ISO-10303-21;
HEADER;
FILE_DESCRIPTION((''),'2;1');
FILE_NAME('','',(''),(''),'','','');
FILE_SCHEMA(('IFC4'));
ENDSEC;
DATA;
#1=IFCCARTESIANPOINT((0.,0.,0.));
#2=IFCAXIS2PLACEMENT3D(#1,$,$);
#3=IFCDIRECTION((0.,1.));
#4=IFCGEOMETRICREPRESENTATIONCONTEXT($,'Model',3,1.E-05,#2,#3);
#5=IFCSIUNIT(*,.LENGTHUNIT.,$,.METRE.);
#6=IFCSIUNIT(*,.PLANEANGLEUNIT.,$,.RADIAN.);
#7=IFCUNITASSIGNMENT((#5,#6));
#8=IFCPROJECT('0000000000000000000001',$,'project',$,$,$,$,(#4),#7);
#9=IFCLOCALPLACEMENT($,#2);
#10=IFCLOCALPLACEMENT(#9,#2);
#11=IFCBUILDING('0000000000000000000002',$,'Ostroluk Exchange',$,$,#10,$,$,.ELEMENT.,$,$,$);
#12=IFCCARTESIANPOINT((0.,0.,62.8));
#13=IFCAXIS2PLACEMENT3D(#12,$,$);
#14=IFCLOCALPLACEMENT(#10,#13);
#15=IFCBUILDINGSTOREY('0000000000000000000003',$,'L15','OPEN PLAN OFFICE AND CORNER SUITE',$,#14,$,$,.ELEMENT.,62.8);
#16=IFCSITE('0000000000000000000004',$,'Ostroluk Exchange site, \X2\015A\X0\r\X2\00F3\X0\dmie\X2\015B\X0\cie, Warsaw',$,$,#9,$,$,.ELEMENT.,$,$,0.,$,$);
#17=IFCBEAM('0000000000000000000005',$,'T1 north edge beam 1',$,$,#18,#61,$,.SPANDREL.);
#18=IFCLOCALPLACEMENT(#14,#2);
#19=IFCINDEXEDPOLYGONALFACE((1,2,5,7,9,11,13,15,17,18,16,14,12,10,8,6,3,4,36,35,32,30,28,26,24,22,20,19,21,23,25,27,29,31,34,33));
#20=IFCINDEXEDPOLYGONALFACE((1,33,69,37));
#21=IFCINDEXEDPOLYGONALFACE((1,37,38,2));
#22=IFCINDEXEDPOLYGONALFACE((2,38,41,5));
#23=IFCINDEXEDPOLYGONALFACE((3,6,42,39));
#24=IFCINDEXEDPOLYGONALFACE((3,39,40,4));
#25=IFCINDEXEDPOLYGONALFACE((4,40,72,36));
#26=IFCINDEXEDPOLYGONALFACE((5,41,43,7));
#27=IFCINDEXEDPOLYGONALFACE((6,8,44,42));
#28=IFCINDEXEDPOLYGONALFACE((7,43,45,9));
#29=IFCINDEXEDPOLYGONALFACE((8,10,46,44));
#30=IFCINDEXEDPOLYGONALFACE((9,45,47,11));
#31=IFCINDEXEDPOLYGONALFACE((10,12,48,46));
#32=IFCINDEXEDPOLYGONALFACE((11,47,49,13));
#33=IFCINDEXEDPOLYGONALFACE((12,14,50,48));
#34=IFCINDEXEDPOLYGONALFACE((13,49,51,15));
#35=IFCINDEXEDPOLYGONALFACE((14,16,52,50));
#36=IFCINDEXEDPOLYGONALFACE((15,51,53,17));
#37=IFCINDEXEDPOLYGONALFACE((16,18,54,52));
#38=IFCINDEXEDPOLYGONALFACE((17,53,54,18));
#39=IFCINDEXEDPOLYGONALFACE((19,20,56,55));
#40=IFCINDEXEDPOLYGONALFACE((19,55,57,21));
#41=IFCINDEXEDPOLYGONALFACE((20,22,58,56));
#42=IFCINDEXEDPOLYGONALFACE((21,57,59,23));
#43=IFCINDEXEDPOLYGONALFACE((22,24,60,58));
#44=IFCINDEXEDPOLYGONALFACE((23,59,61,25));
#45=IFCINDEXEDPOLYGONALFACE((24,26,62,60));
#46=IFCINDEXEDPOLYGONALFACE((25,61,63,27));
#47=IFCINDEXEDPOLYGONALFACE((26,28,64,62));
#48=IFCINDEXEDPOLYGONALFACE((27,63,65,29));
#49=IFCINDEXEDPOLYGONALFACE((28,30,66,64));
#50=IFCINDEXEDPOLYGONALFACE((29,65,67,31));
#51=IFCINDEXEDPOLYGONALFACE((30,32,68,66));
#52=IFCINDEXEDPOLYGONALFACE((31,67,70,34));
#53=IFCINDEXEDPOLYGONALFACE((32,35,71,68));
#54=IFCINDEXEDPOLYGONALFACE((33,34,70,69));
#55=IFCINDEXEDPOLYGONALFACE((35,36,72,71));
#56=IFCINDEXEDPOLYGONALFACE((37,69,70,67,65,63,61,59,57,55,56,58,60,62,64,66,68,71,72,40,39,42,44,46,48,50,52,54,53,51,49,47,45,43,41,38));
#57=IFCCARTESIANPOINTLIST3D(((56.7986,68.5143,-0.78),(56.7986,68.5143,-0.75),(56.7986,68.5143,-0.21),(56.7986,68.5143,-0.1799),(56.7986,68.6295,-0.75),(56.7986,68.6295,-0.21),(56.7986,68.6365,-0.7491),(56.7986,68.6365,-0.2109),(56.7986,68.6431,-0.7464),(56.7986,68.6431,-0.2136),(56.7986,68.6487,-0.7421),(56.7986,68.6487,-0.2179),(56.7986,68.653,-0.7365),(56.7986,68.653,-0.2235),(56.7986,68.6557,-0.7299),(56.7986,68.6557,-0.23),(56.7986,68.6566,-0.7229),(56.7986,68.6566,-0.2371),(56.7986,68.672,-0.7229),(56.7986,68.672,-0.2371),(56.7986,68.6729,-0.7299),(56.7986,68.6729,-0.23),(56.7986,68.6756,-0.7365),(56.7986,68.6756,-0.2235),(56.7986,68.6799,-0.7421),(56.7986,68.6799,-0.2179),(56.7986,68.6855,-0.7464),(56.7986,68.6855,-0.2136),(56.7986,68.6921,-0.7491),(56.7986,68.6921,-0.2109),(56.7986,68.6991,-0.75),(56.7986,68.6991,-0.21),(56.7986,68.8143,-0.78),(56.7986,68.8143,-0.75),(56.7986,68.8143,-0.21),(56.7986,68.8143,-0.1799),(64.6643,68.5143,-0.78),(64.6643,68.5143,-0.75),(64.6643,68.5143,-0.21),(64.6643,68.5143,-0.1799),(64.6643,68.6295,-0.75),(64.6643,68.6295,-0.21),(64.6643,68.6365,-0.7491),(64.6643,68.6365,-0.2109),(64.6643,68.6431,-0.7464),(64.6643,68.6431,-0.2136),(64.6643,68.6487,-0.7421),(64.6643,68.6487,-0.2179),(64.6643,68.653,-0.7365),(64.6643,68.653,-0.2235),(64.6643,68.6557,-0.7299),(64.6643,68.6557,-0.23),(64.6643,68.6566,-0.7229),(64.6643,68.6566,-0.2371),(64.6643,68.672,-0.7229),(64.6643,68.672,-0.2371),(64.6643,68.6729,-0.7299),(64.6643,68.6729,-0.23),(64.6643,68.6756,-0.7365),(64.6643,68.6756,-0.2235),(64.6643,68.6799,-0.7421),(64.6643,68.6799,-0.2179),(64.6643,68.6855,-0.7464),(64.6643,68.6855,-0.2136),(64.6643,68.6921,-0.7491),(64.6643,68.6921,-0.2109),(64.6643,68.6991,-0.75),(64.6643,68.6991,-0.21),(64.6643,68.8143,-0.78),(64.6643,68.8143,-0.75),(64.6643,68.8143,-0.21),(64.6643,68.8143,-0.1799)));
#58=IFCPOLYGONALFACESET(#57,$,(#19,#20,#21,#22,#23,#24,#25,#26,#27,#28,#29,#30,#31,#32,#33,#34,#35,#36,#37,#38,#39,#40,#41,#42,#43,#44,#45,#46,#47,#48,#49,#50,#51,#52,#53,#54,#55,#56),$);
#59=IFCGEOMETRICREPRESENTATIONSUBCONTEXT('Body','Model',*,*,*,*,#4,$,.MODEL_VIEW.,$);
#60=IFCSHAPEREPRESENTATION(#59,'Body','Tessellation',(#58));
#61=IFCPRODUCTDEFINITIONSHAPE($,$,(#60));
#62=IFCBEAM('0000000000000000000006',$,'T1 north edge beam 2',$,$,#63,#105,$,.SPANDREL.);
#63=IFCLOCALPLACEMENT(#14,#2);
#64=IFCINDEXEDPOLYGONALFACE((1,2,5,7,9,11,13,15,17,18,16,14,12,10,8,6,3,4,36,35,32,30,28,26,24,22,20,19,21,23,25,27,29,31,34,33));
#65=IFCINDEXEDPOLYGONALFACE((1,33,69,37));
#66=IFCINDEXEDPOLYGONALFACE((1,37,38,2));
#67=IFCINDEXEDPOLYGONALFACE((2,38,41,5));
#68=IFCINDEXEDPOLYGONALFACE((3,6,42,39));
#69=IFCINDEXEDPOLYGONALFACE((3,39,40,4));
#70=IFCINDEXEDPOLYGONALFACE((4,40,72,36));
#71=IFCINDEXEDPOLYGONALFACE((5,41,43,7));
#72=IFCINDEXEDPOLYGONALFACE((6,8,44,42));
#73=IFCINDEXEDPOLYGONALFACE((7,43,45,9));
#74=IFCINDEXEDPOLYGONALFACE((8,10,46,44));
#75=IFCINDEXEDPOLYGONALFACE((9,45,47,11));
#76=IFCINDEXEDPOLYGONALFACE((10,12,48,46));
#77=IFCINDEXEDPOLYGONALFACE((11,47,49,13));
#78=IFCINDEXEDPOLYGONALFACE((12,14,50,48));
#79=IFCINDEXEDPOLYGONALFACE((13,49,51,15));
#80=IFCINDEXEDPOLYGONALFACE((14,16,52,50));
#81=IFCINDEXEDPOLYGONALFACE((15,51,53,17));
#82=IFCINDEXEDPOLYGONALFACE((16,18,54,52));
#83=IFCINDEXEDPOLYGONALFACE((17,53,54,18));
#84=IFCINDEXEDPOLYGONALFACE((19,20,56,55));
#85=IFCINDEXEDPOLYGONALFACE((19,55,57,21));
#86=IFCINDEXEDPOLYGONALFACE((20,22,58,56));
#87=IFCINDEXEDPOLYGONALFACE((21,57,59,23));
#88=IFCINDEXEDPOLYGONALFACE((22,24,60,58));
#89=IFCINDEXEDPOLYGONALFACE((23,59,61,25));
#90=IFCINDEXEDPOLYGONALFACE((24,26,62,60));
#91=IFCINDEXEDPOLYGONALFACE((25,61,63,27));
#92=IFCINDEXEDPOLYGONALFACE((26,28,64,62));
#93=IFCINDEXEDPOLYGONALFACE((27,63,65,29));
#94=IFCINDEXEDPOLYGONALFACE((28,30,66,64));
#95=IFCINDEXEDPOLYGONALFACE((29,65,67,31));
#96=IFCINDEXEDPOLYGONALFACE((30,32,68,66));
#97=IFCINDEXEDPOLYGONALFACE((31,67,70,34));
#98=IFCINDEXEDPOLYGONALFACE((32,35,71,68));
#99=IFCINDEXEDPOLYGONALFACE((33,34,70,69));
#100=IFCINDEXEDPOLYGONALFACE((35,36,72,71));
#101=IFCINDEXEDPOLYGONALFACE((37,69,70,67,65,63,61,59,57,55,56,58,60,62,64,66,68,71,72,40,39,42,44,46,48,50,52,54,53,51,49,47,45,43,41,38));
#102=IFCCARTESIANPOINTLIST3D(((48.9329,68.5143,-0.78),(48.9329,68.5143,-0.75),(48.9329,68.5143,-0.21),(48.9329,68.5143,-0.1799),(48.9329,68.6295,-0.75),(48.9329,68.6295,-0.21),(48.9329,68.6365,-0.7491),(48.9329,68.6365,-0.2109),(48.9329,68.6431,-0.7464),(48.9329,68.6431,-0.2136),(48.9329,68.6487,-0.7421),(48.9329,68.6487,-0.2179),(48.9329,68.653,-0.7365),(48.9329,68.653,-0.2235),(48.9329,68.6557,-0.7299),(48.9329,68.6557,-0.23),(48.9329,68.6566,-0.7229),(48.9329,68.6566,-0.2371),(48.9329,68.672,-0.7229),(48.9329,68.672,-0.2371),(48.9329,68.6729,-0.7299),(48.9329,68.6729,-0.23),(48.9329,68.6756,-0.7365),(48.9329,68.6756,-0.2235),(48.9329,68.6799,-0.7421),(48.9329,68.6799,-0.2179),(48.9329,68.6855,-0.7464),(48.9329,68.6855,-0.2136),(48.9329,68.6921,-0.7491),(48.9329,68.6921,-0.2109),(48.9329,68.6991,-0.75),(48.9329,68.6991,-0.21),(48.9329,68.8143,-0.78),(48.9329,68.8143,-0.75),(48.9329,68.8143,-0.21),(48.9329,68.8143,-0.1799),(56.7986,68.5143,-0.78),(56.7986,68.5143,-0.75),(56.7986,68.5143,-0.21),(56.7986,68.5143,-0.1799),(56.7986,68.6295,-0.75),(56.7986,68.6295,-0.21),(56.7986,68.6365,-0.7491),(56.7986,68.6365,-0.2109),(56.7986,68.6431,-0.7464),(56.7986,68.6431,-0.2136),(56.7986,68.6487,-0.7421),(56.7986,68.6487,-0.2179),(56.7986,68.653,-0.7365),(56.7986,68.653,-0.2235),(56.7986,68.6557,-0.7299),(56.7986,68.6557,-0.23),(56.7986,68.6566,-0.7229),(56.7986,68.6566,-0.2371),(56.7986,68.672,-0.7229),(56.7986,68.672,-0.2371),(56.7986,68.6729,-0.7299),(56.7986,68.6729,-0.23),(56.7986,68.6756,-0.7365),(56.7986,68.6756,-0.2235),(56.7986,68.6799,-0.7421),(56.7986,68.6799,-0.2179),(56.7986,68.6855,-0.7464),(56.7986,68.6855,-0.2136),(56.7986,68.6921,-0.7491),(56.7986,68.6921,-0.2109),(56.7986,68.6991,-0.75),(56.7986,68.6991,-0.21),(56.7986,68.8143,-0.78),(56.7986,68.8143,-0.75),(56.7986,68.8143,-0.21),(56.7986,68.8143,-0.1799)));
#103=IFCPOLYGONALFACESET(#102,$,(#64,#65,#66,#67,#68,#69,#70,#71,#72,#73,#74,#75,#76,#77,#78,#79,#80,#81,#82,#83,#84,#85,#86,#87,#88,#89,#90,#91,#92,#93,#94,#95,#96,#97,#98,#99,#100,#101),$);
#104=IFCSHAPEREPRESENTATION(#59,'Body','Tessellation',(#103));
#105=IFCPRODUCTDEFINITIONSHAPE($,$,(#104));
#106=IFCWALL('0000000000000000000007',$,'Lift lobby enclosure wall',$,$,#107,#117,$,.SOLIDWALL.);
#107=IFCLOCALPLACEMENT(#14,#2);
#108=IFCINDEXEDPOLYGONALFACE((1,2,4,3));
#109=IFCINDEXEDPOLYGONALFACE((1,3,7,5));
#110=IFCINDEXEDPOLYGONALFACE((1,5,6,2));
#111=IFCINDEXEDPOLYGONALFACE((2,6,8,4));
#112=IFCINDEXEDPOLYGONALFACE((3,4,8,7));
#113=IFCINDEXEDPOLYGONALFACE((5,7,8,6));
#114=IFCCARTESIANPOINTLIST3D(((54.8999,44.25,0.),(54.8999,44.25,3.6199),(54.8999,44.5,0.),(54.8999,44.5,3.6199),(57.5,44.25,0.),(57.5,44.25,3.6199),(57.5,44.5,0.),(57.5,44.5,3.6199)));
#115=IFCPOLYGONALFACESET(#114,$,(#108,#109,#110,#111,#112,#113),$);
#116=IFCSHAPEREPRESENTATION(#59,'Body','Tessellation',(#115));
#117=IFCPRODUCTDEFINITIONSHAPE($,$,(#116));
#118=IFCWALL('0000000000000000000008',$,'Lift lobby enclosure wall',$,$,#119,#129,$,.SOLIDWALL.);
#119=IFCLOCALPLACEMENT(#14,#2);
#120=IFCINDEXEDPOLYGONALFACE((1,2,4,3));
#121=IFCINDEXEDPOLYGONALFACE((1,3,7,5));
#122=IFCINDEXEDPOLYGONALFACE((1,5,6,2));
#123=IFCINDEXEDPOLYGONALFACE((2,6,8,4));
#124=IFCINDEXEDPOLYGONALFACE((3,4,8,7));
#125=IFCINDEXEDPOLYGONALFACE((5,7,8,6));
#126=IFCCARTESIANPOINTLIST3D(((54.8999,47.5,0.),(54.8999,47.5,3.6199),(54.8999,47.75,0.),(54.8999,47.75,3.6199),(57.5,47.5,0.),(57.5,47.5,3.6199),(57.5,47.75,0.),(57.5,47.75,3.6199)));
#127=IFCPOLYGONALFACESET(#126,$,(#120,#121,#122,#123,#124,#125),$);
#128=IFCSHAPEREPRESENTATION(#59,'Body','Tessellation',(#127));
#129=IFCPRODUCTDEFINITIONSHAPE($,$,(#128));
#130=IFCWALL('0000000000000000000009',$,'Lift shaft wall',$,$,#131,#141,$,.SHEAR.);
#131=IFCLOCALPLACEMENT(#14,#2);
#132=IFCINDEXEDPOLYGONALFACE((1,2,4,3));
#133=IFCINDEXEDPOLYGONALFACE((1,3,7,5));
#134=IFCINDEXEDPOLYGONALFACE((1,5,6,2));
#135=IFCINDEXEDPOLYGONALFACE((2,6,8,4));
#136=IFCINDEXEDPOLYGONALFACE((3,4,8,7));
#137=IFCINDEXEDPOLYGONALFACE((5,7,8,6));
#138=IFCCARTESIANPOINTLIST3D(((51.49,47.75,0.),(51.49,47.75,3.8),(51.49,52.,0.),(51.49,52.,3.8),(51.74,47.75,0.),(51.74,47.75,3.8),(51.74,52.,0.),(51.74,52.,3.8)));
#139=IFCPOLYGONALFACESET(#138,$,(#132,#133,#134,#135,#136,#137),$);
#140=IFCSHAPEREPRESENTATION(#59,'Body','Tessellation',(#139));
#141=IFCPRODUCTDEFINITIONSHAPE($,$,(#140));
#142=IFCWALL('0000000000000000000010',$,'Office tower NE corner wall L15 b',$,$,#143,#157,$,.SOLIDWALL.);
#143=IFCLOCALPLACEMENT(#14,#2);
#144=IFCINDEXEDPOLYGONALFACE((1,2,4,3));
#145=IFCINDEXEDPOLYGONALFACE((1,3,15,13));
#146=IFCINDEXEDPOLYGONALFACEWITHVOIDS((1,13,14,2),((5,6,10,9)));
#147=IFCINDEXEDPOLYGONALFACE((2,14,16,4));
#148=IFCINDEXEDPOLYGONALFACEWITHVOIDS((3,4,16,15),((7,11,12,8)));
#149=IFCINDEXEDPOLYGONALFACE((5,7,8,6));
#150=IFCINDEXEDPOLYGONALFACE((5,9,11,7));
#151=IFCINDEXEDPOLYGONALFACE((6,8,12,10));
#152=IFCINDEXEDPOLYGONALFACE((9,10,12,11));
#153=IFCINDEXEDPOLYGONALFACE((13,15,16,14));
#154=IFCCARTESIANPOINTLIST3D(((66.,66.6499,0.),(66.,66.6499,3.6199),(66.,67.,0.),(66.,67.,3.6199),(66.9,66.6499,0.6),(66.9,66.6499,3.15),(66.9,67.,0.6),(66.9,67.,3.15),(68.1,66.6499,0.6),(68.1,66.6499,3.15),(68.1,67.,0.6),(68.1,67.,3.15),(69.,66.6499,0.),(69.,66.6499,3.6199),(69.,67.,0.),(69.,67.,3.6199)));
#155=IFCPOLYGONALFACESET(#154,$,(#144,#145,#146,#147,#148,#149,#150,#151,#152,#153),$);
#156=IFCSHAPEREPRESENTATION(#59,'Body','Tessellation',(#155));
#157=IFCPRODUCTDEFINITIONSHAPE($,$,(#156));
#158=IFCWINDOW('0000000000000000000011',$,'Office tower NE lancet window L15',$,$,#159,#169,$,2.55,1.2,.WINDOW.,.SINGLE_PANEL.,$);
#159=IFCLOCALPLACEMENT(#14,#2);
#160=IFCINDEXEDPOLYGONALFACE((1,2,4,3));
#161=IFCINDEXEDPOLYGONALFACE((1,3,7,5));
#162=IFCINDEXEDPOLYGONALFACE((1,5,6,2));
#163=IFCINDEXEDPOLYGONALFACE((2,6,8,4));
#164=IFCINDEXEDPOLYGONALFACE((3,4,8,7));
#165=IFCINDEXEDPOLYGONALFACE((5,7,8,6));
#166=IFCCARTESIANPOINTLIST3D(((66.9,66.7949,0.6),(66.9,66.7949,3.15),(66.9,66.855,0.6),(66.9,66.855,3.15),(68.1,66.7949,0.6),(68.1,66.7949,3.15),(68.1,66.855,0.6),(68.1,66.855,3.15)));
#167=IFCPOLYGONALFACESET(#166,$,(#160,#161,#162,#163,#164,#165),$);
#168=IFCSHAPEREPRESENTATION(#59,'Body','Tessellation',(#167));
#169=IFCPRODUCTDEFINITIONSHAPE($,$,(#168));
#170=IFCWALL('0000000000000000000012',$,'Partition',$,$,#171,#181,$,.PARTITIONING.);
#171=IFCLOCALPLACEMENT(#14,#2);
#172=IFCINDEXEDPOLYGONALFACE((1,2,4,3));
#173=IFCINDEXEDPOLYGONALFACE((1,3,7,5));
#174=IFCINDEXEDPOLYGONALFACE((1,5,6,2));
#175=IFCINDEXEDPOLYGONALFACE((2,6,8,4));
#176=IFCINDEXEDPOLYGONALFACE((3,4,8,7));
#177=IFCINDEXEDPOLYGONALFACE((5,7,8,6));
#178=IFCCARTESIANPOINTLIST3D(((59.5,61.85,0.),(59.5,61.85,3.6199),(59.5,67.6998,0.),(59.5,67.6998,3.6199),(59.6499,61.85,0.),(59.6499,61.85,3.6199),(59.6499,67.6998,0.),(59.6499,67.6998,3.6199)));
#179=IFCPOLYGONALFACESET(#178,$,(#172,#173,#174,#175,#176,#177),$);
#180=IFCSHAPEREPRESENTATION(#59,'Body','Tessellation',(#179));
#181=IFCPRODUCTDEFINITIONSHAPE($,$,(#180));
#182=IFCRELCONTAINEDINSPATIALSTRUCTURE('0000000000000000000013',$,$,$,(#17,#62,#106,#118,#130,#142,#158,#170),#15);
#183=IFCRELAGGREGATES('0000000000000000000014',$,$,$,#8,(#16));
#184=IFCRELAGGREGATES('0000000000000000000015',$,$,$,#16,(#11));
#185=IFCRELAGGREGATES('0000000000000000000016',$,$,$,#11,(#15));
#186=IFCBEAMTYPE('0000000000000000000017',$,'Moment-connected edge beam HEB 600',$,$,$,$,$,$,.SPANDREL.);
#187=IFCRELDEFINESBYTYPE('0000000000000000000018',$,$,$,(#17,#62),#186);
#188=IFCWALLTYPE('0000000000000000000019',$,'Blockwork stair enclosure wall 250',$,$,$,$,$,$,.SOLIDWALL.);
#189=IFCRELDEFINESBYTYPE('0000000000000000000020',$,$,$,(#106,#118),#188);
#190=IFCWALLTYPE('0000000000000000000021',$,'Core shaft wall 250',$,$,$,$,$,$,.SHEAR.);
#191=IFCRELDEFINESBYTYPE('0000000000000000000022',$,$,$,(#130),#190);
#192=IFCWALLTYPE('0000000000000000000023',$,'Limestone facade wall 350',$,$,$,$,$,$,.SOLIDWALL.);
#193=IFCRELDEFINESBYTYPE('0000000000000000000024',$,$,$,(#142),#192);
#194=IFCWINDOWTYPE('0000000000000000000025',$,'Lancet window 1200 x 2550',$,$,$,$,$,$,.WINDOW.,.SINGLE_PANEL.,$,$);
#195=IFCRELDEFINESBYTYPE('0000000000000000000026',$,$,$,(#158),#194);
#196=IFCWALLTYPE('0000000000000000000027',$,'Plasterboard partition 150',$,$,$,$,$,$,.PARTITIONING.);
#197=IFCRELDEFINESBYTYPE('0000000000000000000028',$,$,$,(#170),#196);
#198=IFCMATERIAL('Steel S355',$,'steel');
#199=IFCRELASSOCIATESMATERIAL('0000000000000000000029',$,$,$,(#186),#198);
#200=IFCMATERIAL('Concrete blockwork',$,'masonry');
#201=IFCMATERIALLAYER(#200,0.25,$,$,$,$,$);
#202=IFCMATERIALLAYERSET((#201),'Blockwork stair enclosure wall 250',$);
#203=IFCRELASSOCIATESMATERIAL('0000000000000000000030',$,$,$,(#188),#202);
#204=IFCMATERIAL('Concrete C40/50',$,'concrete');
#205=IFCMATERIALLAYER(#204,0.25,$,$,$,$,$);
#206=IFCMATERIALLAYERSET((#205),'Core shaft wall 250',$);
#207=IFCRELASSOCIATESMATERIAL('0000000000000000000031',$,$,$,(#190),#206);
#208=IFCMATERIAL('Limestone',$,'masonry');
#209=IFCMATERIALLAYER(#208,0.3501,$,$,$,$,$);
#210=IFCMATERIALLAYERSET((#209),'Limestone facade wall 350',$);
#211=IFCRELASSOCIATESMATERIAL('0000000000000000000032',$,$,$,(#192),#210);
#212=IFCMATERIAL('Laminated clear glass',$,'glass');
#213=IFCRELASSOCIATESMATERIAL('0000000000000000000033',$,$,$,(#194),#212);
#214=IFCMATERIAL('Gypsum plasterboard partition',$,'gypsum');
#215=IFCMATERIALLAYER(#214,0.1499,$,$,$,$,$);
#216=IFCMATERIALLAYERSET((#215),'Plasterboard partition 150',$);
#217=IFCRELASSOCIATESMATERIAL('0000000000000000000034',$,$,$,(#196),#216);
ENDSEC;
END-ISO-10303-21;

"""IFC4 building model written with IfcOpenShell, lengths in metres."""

from ifc_helpers import new_model, si_unit, direction, frame, frame_2d, origin, origin_2d, place, context, subcontext, project, spatial, rectangle, i_section, extrude, material, layer, layer_set, material_profile, profile_set, type_object, element, fill, save


model = new_model("IFC4")

# Units and contexts
model_context = context("Model", 3, precision=1e-05, world=origin(), true_north=direction((0.0, 1.0)))
body_context = subcontext(model_context, "Body", "Model", "MODEL_VIEW")
ifc_project = project(units=[si_unit("LENGTHUNIT", "METRE"), si_unit("PLANEANGLEUNIT", "RADIAN")], contexts=[model_context])

# Site, building, storey
site_placement = place(None, origin())
site = spatial("IfcSite", under=ifc_project, at=site_placement, Name="Ostroluk Exchange site, Śródmieście, Warsaw", CompositionType="ELEMENT", RefElevation=0.0)
building_placement = place(site_placement, origin())
building = spatial("IfcBuilding", under=site, at=building_placement, Name="Ostroluk Exchange", CompositionType="ELEMENT")
storey_placement = place(building_placement, frame((0.0, 0.0, 62.8)))
storey = spatial("IfcBuildingStorey", under=building, at=storey_placement, Name="L15", Description="OPEN PLAN OFFICE AND CORNER SUITE", CompositionType="ELEMENT", Elevation=62.8)

# Beams
ifc_material_1 = material(Name="Steel S355", Category="steel")
ifc_material_profile_1 = material_profile(ifc_material_1, i_section(OverallWidth=0.3, OverallDepth=0.6001, WebThickness=0.0154, FlangeThickness=0.03, FilletRadius=0.0271, at=origin_2d()), Name="HEB 600")
ifc_profile_set_1 = profile_set([ifc_material_profile_1], Name="Steel S355")
beam_type_1 = type_object("IfcBeamType", Name="Moment-connected edge beam HEB 600", PredefinedType="SPANDREL", material=ifc_profile_set_1)
for number, where, z_axis, x_axis, name in (
    (1, (64.6643, 68.6643, -0.48), (-1.0, 0.0, 0.0), (0.0, -1.0, 0.0), "T1 north edge beam 1"),
    (2, (56.7986, 68.6643, -0.48), (-1.0, 0.0, 0.0), (0.0, -1.0, 0.0), "T1 north edge beam 2"),
):
    element("IfcBeam", number, at=place(storey_placement, frame(where, z_axis=z_axis, x_axis=x_axis)), inside=storey, type_object=beam_type_1, Name=name, PredefinedType="SPANDREL", context=body_context, shape_type="SweptSolid", body=[
        extrude(i_section(OverallWidth=0.3, OverallDepth=0.6001, WebThickness=0.0154, FlangeThickness=0.03, FilletRadius=0.0271, at=origin_2d()), origin(), (0.0, 0.0, 1.0), 7.8657),
    ])

# Walls
ifc_material_2 = material(Name="Concrete blockwork", Category="masonry")
ifc_layer_1 = layer(ifc_material_2, 0.25)
ifc_layer_set_1 = layer_set([ifc_layer_1], Name="Blockwork stair enclosure wall 250")
wall_type_1 = type_object("IfcWallType", Name="Blockwork stair enclosure wall 250", PredefinedType="SOLIDWALL", material=ifc_layer_set_1)
for number, where, z_axis, x_axis, name in (
    (3, (54.8999, 44.375, 0.0), (0.0, 0.0, 1.0), (1.0, 0.0, 0.0), "Lift lobby enclosure wall"),
    (4, (54.8999, 47.625, 0.0), (0.0, 0.0, 1.0), (1.0, 0.0, 0.0), "Lift lobby enclosure wall"),
):
    element("IfcWall", number, at=place(storey_placement, frame(where, z_axis=z_axis, x_axis=x_axis)), inside=storey, type_object=wall_type_1, Name=name, PredefinedType="SOLIDWALL", context=body_context, shape_type="SweptSolid", body=[
        extrude(rectangle(XDim=2.6001, YDim=0.25, at=frame_2d((1.3, 0.0))), origin(), (0.0, 0.0, 1.0), 3.6199),
    ])
ifc_material_3 = material(Name="Concrete C40/50", Category="concrete")
ifc_layer_2 = layer(ifc_material_3, 0.25)
ifc_layer_set_2 = layer_set([ifc_layer_2], Name="Core shaft wall 250")
wall_type_2 = type_object("IfcWallType", Name="Core shaft wall 250", PredefinedType="SHEAR", material=ifc_layer_set_2)
wall_1_placement = place(storey_placement, frame((51.615, 47.75, 0.0), z_axis=(0.0, 0.0, 1.0), x_axis=(0.0, 1.0, 0.0)))
element("IfcWall", 5, at=wall_1_placement, inside=storey, type_object=wall_type_2, Name="Lift shaft wall", PredefinedType="SHEAR", context=body_context, shape_type="SweptSolid", body=[
    extrude(rectangle(XDim=4.25, YDim=0.25, at=frame_2d((2.125, 0.0))), origin(), (0.0, 0.0, 1.0), 3.8),
])

# Wall, opening, window
ifc_material_4 = material(Name="Limestone", Category="masonry")
ifc_layer_3 = layer(ifc_material_4, 0.3501)
ifc_layer_set_3 = layer_set([ifc_layer_3], Name="Limestone facade wall 350")
wall_type_3 = type_object("IfcWallType", Name="Limestone facade wall 350", PredefinedType="SOLIDWALL", material=ifc_layer_set_3)
wall_2_placement = place(storey_placement, frame((66.0, 66.825, 0.0), z_axis=(0.0, 0.0, 1.0), x_axis=(1.0, 0.0, 0.0)))
wall_2 = element("IfcWall", 6, at=wall_2_placement, inside=storey, type_object=wall_type_3, Name="Office tower NE corner wall L15 b", PredefinedType="SOLIDWALL", context=body_context, shape_type="SweptSolid", body=[
    extrude(rectangle(XDim=3.0, YDim=0.3501, at=frame_2d((1.5, 0.0))), origin(), (0.0, 0.0, 1.0), 3.6199),
])
opening_1_placement = place(wall_2_placement, frame((0.8999, 0.0, 0.6001)))
opening_1 = element("IfcOpeningElement", 7, at=opening_1_placement, cuts=wall_2, PredefinedType="OPENING", context=body_context, shape_type="SweptSolid", body=[
    extrude(rectangle(XDim=1.2, YDim=2.55, at=frame_2d((0.6001, 1.2749))), frame((0.0, 0.1851, 0.0), z_axis=(0.0, -1.0, 0.0), x_axis=(1.0, 0.0, 0.0)), (0.0, 0.0, 1.0), 0.3701),
])
ifc_material_5 = material(Name="Laminated clear glass", Category="glass")
window_type = type_object("IfcWindowType", Name="Lancet window 1200 x 2550", PartitioningType="SINGLE_PANEL", PredefinedType="WINDOW", material=ifc_material_5)
window_placement = place(opening_1_placement, origin())
window = element("IfcWindow", 8, at=window_placement, inside=storey, type_object=window_type, Name="Office tower NE lancet window L15", OverallHeight=2.55, OverallWidth=1.2, PartitioningType="SINGLE_PANEL", PredefinedType="WINDOW", context=body_context, shape_type="SweptSolid", body=[
    extrude(rectangle(XDim=1.2, YDim=2.55, at=frame_2d((0.6001, 1.2749))), frame((0.0, 0.03, 0.0), z_axis=(0.0, -1.0, 0.0), x_axis=(1.0, 0.0, 0.0)), (0.0, 0.0, 1.0), 0.0601),
])
fill(opening_1, window)

# Wall
ifc_material_6 = material(Name="Gypsum plasterboard partition", Category="gypsum")
ifc_layer_4 = layer(ifc_material_6, 0.1499)
ifc_layer_set_4 = layer_set([ifc_layer_4], Name="Plasterboard partition 150")
wall_type_4 = type_object("IfcWallType", Name="Plasterboard partition 150", PredefinedType="PARTITIONING", material=ifc_layer_set_4)
wall_3_placement = place(storey_placement, frame((59.575, 61.8501, 0.0), z_axis=(0.0, 0.0, 1.0), x_axis=(0.0, 1.0, 0.0)))
element("IfcWall", 9, at=wall_3_placement, inside=storey, type_object=wall_type_4, Name="Partition", PredefinedType="PARTITIONING", context=body_context, shape_type="SweptSolid", body=[
    extrude(rectangle(XDim=5.8499, YDim=0.1499, at=frame_2d((2.9248, 0.0))), origin(), (0.0, 0.0, 1.0), 3.6199),
])

save(model, "model.ifc")
